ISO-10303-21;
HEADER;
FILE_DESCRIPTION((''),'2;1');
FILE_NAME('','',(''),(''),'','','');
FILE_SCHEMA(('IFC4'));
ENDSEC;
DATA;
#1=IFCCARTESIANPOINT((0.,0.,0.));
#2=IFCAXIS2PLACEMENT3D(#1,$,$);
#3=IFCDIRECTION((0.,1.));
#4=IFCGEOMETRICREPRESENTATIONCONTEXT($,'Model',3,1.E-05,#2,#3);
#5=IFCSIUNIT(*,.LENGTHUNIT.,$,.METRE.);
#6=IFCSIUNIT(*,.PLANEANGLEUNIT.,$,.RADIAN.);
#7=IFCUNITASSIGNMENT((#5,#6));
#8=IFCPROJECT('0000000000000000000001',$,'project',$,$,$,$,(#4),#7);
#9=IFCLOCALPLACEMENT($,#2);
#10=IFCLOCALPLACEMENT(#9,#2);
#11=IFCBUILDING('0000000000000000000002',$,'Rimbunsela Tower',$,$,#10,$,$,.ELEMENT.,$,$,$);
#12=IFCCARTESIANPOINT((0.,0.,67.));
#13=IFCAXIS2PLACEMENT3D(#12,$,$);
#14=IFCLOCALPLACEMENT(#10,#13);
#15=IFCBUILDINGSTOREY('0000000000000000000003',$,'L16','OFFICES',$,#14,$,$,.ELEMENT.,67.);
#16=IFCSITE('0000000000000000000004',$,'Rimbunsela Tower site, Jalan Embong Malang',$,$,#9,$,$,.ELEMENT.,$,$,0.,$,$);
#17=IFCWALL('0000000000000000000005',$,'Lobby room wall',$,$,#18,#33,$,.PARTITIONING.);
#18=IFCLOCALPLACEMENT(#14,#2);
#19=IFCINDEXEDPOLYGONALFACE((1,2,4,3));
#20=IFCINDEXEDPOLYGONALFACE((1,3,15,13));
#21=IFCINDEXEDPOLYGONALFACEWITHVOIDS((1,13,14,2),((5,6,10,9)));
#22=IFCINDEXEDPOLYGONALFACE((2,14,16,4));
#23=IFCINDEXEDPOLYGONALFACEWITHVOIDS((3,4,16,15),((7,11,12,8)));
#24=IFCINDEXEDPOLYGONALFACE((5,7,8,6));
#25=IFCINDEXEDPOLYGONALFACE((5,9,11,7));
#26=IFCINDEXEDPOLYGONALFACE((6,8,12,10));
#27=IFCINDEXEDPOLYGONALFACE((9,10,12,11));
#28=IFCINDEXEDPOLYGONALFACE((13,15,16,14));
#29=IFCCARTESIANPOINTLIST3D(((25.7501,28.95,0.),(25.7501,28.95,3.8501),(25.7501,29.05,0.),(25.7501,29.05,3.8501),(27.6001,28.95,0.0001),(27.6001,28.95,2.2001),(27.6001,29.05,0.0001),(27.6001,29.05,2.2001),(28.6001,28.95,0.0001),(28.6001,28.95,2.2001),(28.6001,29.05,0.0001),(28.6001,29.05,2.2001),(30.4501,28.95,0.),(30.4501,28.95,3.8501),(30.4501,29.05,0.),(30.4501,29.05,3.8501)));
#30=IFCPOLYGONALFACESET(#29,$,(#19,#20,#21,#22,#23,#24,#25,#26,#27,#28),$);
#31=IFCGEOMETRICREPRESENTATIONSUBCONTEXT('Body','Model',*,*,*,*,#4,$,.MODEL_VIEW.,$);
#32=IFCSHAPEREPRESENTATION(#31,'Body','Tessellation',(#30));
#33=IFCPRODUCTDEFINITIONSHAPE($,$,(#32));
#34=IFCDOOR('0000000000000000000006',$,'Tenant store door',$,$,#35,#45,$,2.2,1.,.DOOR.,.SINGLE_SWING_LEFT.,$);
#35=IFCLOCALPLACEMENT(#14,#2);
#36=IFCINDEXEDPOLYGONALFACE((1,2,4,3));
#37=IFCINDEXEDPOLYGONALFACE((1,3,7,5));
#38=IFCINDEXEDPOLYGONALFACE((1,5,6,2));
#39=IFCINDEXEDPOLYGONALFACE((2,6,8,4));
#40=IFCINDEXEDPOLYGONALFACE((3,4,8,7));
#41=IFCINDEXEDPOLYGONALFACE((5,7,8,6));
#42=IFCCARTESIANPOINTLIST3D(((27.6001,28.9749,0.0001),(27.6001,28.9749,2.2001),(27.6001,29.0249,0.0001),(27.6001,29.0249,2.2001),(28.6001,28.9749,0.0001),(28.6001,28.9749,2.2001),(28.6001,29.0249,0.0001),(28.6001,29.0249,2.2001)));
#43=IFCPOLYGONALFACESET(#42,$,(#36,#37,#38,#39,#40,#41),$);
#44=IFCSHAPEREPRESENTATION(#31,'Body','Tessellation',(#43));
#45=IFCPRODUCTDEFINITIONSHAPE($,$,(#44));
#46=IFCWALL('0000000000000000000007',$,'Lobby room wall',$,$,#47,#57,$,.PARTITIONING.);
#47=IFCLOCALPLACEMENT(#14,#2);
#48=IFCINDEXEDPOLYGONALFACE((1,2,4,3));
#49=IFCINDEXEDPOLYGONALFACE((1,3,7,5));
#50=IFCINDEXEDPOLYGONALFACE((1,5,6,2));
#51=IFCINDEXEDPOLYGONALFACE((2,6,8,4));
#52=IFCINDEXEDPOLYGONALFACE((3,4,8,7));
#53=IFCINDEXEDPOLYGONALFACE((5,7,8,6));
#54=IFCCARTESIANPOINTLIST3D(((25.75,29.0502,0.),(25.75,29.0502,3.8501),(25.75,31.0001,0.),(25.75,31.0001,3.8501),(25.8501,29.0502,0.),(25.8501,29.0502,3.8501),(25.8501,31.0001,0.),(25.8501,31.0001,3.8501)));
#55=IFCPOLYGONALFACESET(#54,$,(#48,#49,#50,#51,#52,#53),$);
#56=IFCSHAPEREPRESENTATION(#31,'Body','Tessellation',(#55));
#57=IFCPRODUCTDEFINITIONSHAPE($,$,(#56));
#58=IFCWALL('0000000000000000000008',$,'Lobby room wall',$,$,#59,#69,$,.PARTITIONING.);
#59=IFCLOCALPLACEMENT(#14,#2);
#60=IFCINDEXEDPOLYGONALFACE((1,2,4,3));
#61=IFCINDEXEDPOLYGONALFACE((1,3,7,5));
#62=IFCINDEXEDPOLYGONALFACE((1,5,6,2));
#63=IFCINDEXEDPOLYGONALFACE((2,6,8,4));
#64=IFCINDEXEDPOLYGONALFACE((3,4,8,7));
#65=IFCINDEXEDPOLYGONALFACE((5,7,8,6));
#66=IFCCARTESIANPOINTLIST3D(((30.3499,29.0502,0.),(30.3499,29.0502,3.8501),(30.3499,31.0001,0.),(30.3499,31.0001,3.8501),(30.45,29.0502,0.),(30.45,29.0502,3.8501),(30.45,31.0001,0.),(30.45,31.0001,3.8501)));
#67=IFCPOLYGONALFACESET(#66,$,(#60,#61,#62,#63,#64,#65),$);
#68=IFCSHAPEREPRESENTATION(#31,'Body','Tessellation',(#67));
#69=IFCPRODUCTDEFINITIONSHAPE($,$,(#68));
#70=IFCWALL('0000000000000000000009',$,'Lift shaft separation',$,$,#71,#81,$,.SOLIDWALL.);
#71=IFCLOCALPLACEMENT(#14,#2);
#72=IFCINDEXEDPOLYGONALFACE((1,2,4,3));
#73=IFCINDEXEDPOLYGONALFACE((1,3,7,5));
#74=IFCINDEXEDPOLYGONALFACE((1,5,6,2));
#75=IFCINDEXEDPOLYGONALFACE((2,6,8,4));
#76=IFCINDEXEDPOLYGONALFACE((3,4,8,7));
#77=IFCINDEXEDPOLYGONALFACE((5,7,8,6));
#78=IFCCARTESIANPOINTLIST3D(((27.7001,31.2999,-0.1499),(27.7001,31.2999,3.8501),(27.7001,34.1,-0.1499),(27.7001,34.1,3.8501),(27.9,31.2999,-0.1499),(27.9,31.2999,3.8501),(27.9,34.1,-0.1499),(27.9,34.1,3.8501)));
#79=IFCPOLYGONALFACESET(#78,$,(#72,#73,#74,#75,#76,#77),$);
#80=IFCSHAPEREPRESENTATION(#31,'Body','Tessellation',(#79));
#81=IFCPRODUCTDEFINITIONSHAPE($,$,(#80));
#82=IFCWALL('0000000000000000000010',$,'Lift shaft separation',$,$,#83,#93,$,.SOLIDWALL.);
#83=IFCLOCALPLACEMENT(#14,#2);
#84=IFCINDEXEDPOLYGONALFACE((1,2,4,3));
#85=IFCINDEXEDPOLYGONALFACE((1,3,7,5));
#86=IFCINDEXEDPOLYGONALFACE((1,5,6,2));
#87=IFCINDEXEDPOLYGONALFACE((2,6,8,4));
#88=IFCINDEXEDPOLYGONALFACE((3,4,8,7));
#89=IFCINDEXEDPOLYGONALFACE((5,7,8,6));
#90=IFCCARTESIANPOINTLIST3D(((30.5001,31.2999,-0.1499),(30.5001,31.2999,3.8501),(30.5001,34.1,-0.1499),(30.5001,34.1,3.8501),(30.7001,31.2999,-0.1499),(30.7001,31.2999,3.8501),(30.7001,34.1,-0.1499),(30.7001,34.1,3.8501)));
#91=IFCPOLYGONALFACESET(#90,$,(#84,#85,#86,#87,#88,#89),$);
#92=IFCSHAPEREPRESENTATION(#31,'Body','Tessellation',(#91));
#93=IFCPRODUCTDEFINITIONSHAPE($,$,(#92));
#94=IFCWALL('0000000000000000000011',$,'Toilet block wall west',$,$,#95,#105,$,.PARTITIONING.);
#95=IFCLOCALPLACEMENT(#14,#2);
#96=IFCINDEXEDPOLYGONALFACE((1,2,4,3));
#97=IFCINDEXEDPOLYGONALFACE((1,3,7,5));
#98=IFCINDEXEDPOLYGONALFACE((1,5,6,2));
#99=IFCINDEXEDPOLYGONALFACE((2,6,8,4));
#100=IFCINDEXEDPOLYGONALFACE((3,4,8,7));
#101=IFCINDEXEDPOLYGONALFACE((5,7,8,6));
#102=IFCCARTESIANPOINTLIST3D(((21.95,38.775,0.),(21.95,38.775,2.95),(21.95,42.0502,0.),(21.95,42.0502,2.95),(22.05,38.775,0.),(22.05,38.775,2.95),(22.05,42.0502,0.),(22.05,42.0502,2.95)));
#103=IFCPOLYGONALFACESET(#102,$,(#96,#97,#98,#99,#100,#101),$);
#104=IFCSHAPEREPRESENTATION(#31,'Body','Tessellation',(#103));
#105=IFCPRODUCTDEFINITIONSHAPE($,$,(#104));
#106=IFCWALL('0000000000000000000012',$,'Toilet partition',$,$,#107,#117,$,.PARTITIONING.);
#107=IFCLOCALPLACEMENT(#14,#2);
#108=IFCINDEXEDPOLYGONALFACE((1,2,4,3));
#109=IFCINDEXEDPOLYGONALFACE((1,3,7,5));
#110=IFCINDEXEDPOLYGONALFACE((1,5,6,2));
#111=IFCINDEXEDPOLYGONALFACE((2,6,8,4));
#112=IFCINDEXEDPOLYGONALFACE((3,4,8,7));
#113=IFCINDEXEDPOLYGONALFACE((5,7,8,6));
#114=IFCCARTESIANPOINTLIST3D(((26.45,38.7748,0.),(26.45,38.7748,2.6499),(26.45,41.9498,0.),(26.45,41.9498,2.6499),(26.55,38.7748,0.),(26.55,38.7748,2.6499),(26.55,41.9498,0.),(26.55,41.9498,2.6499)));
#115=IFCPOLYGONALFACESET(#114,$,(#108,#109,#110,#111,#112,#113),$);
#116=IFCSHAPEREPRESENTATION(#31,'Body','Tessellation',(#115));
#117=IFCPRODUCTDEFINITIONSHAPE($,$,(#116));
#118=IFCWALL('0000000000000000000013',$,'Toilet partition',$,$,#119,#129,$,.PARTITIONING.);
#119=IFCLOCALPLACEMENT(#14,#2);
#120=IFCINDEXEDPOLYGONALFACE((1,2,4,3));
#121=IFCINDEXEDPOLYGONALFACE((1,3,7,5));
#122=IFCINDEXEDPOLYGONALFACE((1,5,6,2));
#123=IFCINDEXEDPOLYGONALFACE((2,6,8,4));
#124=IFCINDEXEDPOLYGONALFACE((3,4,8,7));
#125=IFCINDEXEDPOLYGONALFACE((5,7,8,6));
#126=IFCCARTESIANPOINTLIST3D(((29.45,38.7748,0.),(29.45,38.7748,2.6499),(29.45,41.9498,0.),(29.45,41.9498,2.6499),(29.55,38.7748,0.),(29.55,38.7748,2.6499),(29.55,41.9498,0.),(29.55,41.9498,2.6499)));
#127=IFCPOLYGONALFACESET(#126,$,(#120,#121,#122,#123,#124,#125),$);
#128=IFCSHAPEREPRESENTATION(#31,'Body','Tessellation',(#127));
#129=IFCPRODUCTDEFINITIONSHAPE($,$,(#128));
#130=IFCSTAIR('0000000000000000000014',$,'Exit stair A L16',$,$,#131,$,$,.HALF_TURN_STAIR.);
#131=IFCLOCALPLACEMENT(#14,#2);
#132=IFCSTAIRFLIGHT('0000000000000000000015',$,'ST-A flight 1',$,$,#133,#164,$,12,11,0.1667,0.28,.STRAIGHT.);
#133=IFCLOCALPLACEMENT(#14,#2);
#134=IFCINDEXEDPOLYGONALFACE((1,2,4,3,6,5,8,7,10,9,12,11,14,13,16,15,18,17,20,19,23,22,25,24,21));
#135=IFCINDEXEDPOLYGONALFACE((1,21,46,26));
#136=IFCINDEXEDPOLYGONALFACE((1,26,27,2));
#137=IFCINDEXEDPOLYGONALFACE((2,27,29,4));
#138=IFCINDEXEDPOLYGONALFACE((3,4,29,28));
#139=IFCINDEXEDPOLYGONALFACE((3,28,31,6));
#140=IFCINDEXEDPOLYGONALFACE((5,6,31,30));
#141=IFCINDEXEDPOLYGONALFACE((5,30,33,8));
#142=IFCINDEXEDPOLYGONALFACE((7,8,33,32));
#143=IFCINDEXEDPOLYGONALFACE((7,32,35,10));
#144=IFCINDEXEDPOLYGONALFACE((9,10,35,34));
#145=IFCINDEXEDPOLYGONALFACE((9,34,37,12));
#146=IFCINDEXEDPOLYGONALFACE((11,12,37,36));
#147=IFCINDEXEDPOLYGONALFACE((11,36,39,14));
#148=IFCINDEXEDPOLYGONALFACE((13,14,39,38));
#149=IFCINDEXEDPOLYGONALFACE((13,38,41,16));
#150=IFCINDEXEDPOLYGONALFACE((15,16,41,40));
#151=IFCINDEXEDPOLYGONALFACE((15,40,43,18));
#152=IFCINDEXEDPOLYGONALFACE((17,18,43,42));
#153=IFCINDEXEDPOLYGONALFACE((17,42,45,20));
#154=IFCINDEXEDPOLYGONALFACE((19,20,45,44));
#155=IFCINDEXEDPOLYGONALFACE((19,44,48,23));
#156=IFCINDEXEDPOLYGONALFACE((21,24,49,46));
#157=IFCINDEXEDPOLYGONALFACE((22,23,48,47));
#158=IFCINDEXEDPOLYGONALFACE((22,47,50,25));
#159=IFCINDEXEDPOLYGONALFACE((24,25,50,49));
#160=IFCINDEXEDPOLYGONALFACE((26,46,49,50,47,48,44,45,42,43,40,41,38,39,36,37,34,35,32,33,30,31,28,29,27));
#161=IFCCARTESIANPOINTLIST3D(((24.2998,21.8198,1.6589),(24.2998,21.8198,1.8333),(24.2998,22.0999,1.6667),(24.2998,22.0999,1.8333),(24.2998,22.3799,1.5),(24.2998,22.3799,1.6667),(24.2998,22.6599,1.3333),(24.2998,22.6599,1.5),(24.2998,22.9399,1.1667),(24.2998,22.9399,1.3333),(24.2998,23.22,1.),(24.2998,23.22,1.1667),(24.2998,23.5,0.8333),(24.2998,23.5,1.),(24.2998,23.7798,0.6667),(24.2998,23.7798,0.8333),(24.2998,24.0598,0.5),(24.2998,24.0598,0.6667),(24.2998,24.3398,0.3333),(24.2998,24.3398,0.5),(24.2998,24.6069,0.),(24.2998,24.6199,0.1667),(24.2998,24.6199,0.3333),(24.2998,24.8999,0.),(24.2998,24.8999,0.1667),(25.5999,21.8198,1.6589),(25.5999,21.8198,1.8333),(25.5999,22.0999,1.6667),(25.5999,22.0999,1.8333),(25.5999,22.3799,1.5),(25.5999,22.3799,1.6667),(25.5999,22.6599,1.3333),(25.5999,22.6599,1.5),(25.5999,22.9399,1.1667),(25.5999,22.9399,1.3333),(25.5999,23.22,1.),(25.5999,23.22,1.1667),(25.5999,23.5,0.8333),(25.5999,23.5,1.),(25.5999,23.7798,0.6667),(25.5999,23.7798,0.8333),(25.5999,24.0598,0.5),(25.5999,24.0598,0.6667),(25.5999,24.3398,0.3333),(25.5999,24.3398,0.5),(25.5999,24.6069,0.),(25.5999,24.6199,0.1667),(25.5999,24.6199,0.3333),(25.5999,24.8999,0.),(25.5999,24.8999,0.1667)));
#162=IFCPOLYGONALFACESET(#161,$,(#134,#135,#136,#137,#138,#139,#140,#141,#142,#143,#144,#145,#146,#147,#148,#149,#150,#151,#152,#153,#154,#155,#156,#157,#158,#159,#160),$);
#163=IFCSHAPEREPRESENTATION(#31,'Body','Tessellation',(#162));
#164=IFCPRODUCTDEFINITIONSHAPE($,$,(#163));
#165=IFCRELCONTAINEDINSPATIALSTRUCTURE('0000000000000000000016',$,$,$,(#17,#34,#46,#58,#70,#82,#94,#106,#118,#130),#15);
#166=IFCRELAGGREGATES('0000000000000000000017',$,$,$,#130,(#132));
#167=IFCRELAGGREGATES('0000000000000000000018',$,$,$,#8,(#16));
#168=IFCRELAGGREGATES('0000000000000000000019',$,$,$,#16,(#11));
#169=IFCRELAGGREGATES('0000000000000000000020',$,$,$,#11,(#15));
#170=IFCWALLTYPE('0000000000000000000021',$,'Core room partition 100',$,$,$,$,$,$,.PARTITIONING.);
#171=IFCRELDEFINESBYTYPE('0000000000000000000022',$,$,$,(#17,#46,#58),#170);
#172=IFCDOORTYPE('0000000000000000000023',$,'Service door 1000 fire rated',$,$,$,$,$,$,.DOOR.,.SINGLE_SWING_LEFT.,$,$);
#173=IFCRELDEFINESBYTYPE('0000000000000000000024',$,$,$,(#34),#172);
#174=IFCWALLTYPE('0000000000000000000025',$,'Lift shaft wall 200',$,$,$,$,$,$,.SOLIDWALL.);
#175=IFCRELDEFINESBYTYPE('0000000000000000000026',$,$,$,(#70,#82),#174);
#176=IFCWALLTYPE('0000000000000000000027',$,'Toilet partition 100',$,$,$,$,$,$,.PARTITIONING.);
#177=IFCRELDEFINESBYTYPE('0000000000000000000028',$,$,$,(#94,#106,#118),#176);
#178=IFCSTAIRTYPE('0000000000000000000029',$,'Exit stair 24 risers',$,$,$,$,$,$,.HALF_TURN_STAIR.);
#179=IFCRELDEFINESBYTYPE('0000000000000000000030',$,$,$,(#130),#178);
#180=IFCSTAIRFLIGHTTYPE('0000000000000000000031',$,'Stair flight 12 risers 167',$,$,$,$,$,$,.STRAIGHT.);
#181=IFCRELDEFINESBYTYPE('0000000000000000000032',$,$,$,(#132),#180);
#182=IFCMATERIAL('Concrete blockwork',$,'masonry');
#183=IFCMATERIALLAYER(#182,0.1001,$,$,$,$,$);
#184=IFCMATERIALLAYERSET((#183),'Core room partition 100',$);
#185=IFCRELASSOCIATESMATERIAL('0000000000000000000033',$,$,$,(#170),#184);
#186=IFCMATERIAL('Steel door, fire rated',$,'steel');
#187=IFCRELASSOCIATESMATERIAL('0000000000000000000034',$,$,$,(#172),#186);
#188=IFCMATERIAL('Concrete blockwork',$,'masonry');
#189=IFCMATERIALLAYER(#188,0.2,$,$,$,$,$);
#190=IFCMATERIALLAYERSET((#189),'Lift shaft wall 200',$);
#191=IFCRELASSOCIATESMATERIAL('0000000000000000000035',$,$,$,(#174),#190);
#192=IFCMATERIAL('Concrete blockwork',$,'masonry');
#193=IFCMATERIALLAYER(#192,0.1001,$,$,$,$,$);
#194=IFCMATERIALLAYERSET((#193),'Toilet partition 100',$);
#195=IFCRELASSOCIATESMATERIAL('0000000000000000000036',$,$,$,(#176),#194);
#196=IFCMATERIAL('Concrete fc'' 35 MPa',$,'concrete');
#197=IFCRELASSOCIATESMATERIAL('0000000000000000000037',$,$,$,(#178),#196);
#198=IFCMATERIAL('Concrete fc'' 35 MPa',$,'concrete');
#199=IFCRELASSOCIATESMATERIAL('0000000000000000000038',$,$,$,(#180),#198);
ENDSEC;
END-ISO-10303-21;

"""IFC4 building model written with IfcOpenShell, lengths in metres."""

from ifc_helpers import new_model, si_unit, direction, frame, frame_2d, origin, place, context, subcontext, project, spatial, polyline, rectangle, outline, extrude, material, layer, layer_set, type_object, element, fill, aggregate, save


model = new_model("IFC4")

# Units and contexts
model_context = context("Model", 3, precision=1e-05, world=origin(), true_north=direction((0.0, 1.0)))
body_context = subcontext(model_context, "Body", "Model", "MODEL_VIEW")
ifc_project = project(units=[si_unit("LENGTHUNIT", "METRE"), si_unit("PLANEANGLEUNIT", "RADIAN")], contexts=[model_context])

# Site, building, storey
site_placement = place(None, origin())
site = spatial("IfcSite", under=ifc_project, at=site_placement, Name="Rimbunsela Tower site, Jalan Embong Malang", CompositionType="ELEMENT", RefElevation=0.0)
building_placement = place(site_placement, origin())
building = spatial("IfcBuilding", under=site, at=building_placement, Name="Rimbunsela Tower", CompositionType="ELEMENT")
storey_placement = place(building_placement, frame((0.0, 0.0, 67.0)))
storey = spatial("IfcBuildingStorey", under=building, at=storey_placement, Name="L16", Description="OFFICES", CompositionType="ELEMENT", Elevation=67.0)

# Wall, opening, door
ifc_material_1 = material(Name="Concrete blockwork", Category="masonry")
ifc_layer_1 = layer(ifc_material_1, 0.1001)
ifc_layer_set_1 = layer_set([ifc_layer_1], Name="Core room partition 100")
wall_type_1 = type_object("IfcWallType", Name="Core room partition 100", PredefinedType="PARTITIONING", material=ifc_layer_set_1)
wall_1_placement = place(storey_placement, frame((25.75, 29.0, 0.0), z_axis=(0.0, 0.0, 1.0), x_axis=(1.0, 0.0, 0.0)))
wall_1 = element("IfcWall", 1, at=wall_1_placement, inside=storey, type_object=wall_type_1, Name="Lobby room wall", PredefinedType="PARTITIONING", context=body_context, shape_type="SweptSolid", body=[
    extrude(rectangle(XDim=4.7, YDim=0.1001, at=frame_2d((2.3501, 0.0))), origin(), (0.0, 0.0, 1.0), 3.8501),
])
opening_1_placement = place(wall_1_placement, frame((1.8501, 0.0, 0.0)))
opening_1 = element("IfcOpeningElement", 2, at=opening_1_placement, cuts=wall_1, PredefinedType="OPENING", context=body_context, shape_type="SweptSolid", body=[
    extrude(rectangle(XDim=1.0, YDim=2.2, at=frame_2d((0.5, 1.1001))), frame((0.0, 0.0601, 0.0), z_axis=(0.0, -1.0, 0.0), x_axis=(1.0, 0.0, 0.0)), (0.0, 0.0, 1.0), 0.1201),
])
ifc_material_2 = material(Name="Steel door, fire rated", Category="steel")
door_type_1 = type_object("IfcDoorType", Name="Service door 1000 fire rated", OperationType="SINGLE_SWING_LEFT", PredefinedType="DOOR", material=ifc_material_2)
door_1_placement = place(opening_1_placement, origin())
door_1 = element("IfcDoor", 3, at=door_1_placement, inside=storey, type_object=door_type_1, Name="Tenant store door", OperationType="SINGLE_SWING_LEFT", OverallHeight=2.2, OverallWidth=1.0, PredefinedType="DOOR", context=body_context, shape_type="SweptSolid", body=[
    extrude(rectangle(XDim=1.0, YDim=2.2, at=frame_2d((0.5, 1.1001))), frame((0.0, 0.0249, 0.0), z_axis=(0.0, -1.0, 0.0), x_axis=(1.0, 0.0, 0.0)), (0.0, 0.0, 1.0), 0.05),
])
fill(opening_1, door_1)

# Walls
for number, where, z_axis, x_axis, name in (
    (4, (25.8, 29.05, 0.0), (0.0, 0.0, 1.0), (0.0, 1.0, 0.0), "Lobby room wall"),
    (5, (30.3999, 29.05, 0.0), (0.0, 0.0, 1.0), (0.0, 1.0, 0.0), "Lobby room wall"),
):
    element("IfcWall", number, at=place(storey_placement, frame(where, z_axis=z_axis, x_axis=x_axis)), inside=storey, type_object=wall_type_1, Name=name, PredefinedType="PARTITIONING", context=body_context, shape_type="SweptSolid", body=[
        extrude(rectangle(XDim=1.95, YDim=0.1001, at=frame_2d((0.9751, 0.0))), origin(), (0.0, 0.0, 1.0), 3.8501),
    ])
ifc_material_3 = material(Name="Concrete blockwork", Category="masonry")
ifc_layer_2 = layer(ifc_material_3, 0.2)
ifc_layer_set_2 = layer_set([ifc_layer_2], Name="Lift shaft wall 200")
wall_type_2 = type_object("IfcWallType", Name="Lift shaft wall 200", PredefinedType="SOLIDWALL", material=ifc_layer_set_2)
for number, where, z_axis, x_axis, name in (
    (6, (27.8, 31.3, -0.1499), (0.0, 0.0, 1.0), (0.0, 1.0, 0.0), "Lift shaft separation"),
    (7, (30.6001, 31.3, -0.1499), (0.0, 0.0, 1.0), (0.0, 1.0, 0.0), "Lift shaft separation"),
):
    element("IfcWall", number, at=place(storey_placement, frame(where, z_axis=z_axis, x_axis=x_axis)), inside=storey, type_object=wall_type_2, Name=name, PredefinedType="SOLIDWALL", context=body_context, shape_type="SweptSolid", body=[
        extrude(rectangle(XDim=2.8, YDim=0.2, at=frame_2d((1.3999, 0.0))), origin(), (0.0, 0.0, 1.0), 4.0),
    ])
ifc_material_4 = material(Name="Concrete blockwork", Category="masonry")
ifc_layer_3 = layer(ifc_material_4, 0.1001)
ifc_layer_set_3 = layer_set([ifc_layer_3], Name="Toilet partition 100")
wall_type_3 = type_object("IfcWallType", Name="Toilet partition 100", PredefinedType="PARTITIONING", material=ifc_layer_set_3)
wall_2_placement = place(storey_placement, frame((22.0, 38.7749, 0.0), z_axis=(0.0, 0.0, 1.0), x_axis=(0.0, 1.0, 0.0)))
element("IfcWall", 8, at=wall_2_placement, inside=storey, type_object=wall_type_3, Name="Toilet block wall west", PredefinedType="PARTITIONING", context=body_context, shape_type="SweptSolid", body=[
    extrude(rectangle(XDim=3.2751, YDim=0.1001, at=frame_2d((1.6377, 0.0))), origin(), (0.0, 0.0, 1.0), 2.95),
])
for number, where, z_axis, x_axis, name in (
    (9, (26.5, 38.7749, 0.0), (0.0, 0.0, 1.0), (0.0, 1.0, 0.0), "Toilet partition"),
    (10, (29.5, 38.7749, 0.0), (0.0, 0.0, 1.0), (0.0, 1.0, 0.0), "Toilet partition"),
):
    element("IfcWall", number, at=place(storey_placement, frame(where, z_axis=z_axis, x_axis=x_axis)), inside=storey, type_object=wall_type_3, Name=name, PredefinedType="PARTITIONING", context=body_context, shape_type="SweptSolid", body=[
        extrude(rectangle(XDim=3.175, YDim=0.1001, at=frame_2d((1.5874, 0.0))), origin(), (0.0, 0.0, 1.0), 2.6499),
    ])

# Stair, stair flight
ifc_material_5 = material(Name="Concrete fc' 35 MPa", Category="concrete")
stair_type = type_object("IfcStairType", Name="Exit stair 24 risers", PredefinedType="HALF_TURN_STAIR", material=ifc_material_5)
stair_placement = place(storey_placement, origin())
stair = element("IfcStair", 11, at=stair_placement, inside=storey, type_object=stair_type, Name="Exit stair A L16", PredefinedType="HALF_TURN_STAIR")
ifc_material_6 = material(Name="Concrete fc' 35 MPa", Category="concrete")
stair_flight_type = type_object("IfcStairFlightType", Name="Stair flight 12 risers 167", PredefinedType="STRAIGHT", material=ifc_material_6)
stair_flight_placement = place(storey_placement, frame((24.95, 24.8999, 0.0), z_axis=(0.0, 0.0, 1.0), x_axis=(0.0, -1.0, 0.0)))
stair_flight = element("IfcStairFlight", 12, at=stair_flight_placement, type_object=stair_flight_type, Name="ST-A flight 1", NumberOfRisers=12, NumberOfTreads=11, PredefinedType="STRAIGHT", RiserHeight=0.1667, TreadLength=0.28, context=body_context, shape_type="SweptSolid", body=[
    extrude(outline(polyline([(0.0, 0.0), (0.0, 0.1667), (0.28, 0.1667), (0.28, 0.3333), (0.5601, 0.3333), (0.5601, 0.5), (0.8401, 0.5), (0.8401, 0.6667), (1.1201, 0.6667), (1.1201, 0.8333), (1.3999, 0.8333), (1.3999, 1.0), (1.6799, 1.0), (1.6799, 1.1667), (1.96, 1.1667), (1.96, 1.3333), (2.24, 1.3333), (2.24, 1.5), (2.52, 1.5), (2.52, 1.6667), (2.8, 1.6667), (2.8, 1.8333), (3.0801, 1.8333), (3.0801, 2.0), (3.0801, 1.6589), (0.293, 0.0), (0.0, 0.0)])), frame((0.0, 0.6499, 0.0), z_axis=(0.0, -1.0, 0.0), x_axis=(1.0, 0.0, 0.0)), (0.0, 0.0, 1.0), 1.3),
])
aggregate(stair, [stair_flight])

save(model, "model.ifc")
